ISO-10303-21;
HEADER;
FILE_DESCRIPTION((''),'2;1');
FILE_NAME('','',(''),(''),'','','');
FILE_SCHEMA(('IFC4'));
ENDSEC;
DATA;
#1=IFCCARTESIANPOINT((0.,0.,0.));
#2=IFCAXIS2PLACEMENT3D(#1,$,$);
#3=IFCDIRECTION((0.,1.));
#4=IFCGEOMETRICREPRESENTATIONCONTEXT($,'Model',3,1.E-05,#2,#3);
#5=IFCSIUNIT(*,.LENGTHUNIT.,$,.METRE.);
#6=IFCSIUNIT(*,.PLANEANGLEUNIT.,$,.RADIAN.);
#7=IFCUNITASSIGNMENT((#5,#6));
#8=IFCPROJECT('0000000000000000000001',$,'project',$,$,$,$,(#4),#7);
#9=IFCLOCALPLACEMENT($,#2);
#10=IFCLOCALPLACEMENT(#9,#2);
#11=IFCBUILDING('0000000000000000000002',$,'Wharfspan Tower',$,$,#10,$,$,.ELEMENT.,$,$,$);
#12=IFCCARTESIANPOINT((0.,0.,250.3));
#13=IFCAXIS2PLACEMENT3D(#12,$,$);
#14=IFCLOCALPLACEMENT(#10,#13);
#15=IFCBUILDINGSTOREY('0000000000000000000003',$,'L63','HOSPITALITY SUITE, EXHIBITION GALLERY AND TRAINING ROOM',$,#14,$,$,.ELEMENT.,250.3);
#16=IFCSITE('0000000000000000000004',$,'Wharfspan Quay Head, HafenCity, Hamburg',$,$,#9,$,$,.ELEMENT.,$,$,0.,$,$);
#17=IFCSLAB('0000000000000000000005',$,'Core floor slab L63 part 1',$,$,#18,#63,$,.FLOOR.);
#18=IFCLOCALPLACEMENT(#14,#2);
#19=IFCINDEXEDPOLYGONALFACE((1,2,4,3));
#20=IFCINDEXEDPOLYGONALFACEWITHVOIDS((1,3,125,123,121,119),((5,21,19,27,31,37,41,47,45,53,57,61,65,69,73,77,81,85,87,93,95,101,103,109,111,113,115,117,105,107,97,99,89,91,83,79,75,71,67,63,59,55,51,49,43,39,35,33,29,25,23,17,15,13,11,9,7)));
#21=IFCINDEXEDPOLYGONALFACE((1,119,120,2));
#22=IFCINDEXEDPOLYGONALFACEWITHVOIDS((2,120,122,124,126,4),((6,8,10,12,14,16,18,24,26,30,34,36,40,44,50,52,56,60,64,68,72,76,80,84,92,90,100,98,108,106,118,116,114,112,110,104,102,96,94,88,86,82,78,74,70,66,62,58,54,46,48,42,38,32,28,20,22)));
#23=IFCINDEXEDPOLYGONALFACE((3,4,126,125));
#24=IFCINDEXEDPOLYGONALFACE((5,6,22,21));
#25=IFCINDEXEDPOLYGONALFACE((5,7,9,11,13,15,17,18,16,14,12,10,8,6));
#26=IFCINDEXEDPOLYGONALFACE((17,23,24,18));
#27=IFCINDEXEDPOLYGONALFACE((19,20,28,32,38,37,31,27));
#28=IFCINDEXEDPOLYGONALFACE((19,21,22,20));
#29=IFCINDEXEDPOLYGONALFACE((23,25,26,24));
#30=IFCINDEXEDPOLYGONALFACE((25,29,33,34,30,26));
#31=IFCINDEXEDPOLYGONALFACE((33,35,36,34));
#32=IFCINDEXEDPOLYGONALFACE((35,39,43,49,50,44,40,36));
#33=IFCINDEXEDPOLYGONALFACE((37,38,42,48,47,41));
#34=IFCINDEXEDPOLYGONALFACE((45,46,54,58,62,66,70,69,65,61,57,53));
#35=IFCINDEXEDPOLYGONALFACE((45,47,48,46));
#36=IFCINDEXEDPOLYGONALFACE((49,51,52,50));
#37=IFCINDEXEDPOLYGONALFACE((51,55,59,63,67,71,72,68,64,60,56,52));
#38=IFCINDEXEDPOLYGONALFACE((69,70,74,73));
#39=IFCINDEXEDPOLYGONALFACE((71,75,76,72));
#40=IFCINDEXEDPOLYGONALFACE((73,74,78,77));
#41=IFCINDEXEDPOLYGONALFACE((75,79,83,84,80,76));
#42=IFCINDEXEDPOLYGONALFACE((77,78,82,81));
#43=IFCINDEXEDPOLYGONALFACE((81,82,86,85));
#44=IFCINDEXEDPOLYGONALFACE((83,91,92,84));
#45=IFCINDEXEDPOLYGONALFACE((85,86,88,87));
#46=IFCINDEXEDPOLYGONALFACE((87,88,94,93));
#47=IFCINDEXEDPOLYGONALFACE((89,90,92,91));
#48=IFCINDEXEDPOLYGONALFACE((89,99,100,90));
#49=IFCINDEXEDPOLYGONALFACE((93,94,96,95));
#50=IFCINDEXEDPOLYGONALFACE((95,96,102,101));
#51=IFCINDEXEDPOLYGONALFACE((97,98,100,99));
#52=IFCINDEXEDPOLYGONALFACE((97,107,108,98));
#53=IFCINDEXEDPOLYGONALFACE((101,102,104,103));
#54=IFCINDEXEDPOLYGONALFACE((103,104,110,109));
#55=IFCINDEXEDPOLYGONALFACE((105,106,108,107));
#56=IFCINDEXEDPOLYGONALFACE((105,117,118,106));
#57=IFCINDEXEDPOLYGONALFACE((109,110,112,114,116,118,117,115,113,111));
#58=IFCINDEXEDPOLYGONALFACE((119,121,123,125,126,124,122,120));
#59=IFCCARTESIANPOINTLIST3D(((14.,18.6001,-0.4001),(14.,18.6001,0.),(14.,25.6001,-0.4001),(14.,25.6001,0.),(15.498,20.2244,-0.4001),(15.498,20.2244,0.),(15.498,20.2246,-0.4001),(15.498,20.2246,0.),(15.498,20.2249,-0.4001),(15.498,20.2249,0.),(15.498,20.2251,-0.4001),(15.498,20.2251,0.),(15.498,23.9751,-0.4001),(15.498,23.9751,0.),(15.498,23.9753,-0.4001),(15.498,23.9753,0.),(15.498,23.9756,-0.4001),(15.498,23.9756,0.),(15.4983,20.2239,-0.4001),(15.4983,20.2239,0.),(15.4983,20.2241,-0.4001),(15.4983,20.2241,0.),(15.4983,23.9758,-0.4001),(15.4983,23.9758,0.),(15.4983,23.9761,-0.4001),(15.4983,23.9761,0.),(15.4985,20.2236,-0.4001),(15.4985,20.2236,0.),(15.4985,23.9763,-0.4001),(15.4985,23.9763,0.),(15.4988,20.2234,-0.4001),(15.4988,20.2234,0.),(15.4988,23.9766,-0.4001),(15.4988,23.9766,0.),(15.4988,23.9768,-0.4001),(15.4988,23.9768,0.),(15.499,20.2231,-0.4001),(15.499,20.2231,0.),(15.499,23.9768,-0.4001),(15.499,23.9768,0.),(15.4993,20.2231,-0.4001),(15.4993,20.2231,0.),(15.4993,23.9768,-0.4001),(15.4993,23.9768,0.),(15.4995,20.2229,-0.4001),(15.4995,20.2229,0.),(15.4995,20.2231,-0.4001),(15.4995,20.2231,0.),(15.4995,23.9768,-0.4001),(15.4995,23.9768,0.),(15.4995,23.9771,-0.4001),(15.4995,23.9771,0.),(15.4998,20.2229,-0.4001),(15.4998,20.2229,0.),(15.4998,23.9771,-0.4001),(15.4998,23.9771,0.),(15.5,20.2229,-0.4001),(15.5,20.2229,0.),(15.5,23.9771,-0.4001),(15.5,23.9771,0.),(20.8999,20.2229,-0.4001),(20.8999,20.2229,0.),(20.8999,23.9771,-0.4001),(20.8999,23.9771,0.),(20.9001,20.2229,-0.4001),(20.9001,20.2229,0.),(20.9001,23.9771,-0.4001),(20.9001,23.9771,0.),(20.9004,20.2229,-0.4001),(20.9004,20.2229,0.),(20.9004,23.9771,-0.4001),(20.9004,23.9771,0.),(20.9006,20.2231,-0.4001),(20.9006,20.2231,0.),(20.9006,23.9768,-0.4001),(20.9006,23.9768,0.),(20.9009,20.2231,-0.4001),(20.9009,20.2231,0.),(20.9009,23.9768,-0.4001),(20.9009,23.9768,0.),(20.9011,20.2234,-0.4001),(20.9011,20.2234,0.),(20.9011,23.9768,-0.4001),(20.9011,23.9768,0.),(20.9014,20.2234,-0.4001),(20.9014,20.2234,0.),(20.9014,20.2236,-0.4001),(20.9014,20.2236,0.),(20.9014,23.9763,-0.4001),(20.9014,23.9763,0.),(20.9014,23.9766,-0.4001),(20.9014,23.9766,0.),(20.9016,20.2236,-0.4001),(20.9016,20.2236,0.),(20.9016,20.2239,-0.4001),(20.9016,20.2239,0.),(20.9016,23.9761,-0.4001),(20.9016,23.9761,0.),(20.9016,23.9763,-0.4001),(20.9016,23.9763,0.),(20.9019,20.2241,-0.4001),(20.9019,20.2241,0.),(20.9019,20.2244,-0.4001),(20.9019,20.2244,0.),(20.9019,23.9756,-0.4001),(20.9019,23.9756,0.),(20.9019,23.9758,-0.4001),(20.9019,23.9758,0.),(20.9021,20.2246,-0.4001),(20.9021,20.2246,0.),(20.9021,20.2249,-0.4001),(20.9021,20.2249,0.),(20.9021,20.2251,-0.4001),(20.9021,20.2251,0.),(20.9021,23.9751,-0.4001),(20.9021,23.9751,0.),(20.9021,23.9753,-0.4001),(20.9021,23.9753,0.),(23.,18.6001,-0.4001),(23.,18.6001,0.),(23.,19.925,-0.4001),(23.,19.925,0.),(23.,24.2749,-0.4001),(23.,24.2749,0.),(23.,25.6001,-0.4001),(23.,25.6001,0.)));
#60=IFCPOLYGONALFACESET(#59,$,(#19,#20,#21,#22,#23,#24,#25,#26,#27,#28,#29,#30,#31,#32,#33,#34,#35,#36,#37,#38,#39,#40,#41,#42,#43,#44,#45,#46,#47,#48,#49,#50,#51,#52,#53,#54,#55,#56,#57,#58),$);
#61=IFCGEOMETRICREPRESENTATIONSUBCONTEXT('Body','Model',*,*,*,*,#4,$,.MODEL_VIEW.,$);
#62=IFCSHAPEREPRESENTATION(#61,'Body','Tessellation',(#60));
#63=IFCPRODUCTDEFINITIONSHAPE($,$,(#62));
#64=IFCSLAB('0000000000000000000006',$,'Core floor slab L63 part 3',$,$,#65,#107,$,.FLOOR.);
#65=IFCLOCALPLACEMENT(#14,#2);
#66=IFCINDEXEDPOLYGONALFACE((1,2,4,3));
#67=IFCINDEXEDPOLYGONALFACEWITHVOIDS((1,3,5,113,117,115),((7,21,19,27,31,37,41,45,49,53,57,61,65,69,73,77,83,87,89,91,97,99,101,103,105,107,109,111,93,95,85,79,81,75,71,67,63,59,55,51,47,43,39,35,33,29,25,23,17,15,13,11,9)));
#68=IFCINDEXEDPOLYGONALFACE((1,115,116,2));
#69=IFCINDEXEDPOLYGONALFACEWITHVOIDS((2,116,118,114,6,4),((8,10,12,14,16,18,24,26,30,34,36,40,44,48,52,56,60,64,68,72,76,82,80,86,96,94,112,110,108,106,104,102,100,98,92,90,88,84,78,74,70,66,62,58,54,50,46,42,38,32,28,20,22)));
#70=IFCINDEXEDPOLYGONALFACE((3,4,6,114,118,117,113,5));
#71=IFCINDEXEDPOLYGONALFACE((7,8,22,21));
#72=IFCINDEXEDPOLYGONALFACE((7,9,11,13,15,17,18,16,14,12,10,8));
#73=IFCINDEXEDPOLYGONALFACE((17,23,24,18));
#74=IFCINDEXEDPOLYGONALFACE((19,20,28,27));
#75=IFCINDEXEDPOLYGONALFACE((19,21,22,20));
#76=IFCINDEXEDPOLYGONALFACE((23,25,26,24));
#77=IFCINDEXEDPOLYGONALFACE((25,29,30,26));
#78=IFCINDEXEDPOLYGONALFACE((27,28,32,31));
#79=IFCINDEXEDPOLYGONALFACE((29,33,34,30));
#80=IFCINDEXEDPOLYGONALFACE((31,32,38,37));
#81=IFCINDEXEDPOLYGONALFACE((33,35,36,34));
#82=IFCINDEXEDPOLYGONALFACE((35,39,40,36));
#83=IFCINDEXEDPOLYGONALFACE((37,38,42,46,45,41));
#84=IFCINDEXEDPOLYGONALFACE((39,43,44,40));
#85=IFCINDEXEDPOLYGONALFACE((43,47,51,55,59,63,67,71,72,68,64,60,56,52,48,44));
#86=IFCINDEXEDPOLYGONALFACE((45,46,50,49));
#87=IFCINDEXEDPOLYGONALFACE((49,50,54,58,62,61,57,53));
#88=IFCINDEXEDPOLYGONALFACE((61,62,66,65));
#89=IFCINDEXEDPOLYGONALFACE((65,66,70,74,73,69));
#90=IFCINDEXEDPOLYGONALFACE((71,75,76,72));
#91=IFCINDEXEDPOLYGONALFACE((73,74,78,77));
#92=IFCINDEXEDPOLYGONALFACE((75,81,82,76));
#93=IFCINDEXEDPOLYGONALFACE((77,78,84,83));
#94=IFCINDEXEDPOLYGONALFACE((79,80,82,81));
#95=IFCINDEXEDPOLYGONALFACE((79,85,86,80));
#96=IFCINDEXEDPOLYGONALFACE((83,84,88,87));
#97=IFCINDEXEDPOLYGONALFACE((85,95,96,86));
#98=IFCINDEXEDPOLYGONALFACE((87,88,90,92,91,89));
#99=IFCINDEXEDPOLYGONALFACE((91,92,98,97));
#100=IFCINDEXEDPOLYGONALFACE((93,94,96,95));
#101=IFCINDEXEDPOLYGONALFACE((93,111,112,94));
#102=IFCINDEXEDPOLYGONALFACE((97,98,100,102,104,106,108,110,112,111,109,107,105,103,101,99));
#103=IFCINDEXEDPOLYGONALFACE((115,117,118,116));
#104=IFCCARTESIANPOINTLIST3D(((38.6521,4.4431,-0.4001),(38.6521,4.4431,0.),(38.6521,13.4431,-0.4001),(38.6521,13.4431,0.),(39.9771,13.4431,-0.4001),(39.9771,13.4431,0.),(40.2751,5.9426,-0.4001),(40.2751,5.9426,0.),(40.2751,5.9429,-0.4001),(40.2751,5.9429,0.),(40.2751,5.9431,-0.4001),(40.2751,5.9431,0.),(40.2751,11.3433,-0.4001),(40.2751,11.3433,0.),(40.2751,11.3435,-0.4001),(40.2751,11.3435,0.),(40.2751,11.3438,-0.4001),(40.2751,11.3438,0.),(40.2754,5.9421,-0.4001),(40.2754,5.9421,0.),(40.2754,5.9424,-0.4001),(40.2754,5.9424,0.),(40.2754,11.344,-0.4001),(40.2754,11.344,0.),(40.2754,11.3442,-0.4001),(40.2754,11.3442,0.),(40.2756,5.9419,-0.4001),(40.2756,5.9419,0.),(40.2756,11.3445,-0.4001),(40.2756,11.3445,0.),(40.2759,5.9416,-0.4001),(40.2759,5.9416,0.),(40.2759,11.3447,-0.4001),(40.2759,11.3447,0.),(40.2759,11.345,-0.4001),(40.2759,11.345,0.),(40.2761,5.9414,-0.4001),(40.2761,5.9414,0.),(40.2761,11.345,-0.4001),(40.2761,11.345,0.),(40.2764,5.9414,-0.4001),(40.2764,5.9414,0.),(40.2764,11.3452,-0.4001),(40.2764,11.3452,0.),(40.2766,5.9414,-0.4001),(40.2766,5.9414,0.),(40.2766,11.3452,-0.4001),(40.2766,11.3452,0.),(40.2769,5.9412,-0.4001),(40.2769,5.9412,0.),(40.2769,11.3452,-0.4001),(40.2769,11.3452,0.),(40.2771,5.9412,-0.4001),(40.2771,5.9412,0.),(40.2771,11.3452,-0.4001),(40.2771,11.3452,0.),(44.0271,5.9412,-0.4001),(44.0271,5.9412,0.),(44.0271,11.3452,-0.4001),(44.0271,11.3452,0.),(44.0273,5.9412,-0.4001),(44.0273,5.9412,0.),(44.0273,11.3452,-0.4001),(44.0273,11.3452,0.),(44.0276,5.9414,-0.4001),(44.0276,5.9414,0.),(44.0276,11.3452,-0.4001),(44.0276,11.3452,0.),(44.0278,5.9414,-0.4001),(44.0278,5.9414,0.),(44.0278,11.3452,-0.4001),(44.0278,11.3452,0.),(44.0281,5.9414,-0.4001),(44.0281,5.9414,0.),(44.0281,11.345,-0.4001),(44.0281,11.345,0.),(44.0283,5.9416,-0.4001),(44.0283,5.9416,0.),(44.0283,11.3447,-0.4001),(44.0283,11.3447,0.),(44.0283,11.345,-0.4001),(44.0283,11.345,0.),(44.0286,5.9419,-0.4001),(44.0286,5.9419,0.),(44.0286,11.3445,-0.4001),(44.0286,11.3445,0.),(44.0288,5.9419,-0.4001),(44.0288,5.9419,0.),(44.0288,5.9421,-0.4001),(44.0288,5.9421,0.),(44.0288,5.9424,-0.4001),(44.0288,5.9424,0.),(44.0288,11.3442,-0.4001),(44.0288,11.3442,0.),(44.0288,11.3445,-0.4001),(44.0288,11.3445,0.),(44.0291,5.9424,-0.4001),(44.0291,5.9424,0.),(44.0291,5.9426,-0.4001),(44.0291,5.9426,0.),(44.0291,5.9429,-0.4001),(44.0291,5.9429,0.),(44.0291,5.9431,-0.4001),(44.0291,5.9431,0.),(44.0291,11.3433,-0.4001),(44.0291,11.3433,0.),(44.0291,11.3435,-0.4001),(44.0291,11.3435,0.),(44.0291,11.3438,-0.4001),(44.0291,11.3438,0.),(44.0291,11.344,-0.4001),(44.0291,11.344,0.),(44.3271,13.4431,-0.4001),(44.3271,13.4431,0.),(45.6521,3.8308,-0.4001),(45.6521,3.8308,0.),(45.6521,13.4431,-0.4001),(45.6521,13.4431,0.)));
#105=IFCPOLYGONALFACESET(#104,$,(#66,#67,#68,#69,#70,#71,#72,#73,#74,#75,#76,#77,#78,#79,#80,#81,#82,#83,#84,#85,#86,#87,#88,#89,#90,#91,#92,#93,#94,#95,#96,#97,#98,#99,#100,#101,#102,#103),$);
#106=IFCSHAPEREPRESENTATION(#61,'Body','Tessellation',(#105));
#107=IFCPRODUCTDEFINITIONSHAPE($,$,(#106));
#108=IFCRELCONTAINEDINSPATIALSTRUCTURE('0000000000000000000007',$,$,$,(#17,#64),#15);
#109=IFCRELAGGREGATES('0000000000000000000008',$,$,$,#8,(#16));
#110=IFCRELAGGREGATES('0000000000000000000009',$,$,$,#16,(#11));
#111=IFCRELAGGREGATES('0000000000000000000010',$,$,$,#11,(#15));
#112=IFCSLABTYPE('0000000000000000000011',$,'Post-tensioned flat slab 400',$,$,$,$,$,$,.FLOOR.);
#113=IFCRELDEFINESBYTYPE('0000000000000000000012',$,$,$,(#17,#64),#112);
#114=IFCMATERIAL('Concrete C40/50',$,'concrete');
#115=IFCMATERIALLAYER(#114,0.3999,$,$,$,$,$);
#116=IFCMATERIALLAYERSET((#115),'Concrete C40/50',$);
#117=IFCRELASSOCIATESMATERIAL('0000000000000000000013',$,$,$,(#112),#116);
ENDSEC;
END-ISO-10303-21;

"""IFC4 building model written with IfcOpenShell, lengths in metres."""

from ifc_helpers import new_model, si_unit, direction, frame, origin, place, context, subcontext, project, spatial, polyline, outline, extrude, material, layer, layer_set, type_object, element, save


model = new_model("IFC4")

# Units and contexts
model_context = context("Model", 3, precision=1e-05, world=origin(), true_north=direction((0.0, 1.0)))
body_context = subcontext(model_context, "Body", "Model", "MODEL_VIEW")
ifc_project = project(units=[si_unit("LENGTHUNIT", "METRE"), si_unit("PLANEANGLEUNIT", "RADIAN")], contexts=[model_context])

# Site, building, storey
site_placement = place(None, origin())
site = spatial("IfcSite", under=ifc_project, at=site_placement, Name="Wharfspan Quay Head, HafenCity, Hamburg", CompositionType="ELEMENT", RefElevation=0.0)
building_placement = place(site_placement, origin())
building = spatial("IfcBuilding", under=site, at=building_placement, Name="Wharfspan Tower", CompositionType="ELEMENT")
storey_placement = place(building_placement, frame((0.0, 0.0, 250.3)))
storey = spatial("IfcBuildingStorey", under=building, at=storey_placement, Name="L63", Description="HOSPITALITY SUITE, EXHIBITION GALLERY AND TRAINING ROOM", CompositionType="ELEMENT", Elevation=250.3)

# Slabs
ifc_material_1 = material(Name="Concrete C40/50", Category="concrete")
ifc_layer_1 = layer(ifc_material_1, 0.3999)
ifc_layer_set_1 = layer_set([ifc_layer_1], Name="Concrete C40/50")
slab_type_1 = type_object("IfcSlabType", Name="Post-tensioned flat slab 400", PredefinedType="FLOOR", material=ifc_layer_set_1)
slab_1_placement = place(storey_placement, frame((0.0, 0.0, -0.4001)))
element("IfcSlab", 1, at=slab_1_placement, inside=storey, type_object=slab_type_1, Name="Core floor slab L63 part 1", PredefinedType="FLOOR", context=body_context, shape_type="SweptSolid", body=[
    extrude(outline(polyline([(23.0, 19.925), (23.0, 24.2749), (23.0, 25.6001), (14.0, 25.6001), (14.0, 18.6001), (23.0, 18.6001), (23.0, 19.925)]), holes=[polyline([(20.8999, 23.9771), (20.9001, 23.9771), (20.9004, 23.9771), (20.9006, 23.9768), (20.9009, 23.9768), (20.9009, 23.9768), (20.9011, 23.9768), (20.9014, 23.9766), (20.9014, 23.9763), (20.9016, 23.9763), (20.9016, 23.9761), (20.9019, 23.9758), (20.9019, 23.9758), (20.9019, 23.9756), (20.9021, 23.9753), (20.9021, 23.9751), (20.9021, 23.9751), (20.9021, 20.2251), (20.9021, 20.2249), (20.9021, 20.2246), (20.9019, 20.2244), (20.9019, 20.2241), (20.9019, 20.2241), (20.9016, 20.2239), (20.9016, 20.2236), (20.9014, 20.2236), (20.9014, 20.2234), (20.9011, 20.2234), (20.9009, 20.2231), (20.9009, 20.2231), (20.9006, 20.2231), (20.9004, 20.2229), (20.9001, 20.2229), (20.8999, 20.2229), (15.5, 20.2229), (15.4998, 20.2229), (15.4995, 20.2229), (15.4995, 20.2231), (15.4993, 20.2231), (15.499, 20.2231), (15.4988, 20.2234), (15.4988, 20.2234), (15.4985, 20.2236), (15.4985, 20.2236), (15.4983, 20.2239), (15.4983, 20.2241), (15.4983, 20.2241), (15.498, 20.2244), (15.498, 20.2246), (15.498, 20.2249), (15.498, 20.2251), (15.498, 23.9751), (15.498, 23.9751), (15.498, 23.9753), (15.498, 23.9756), (15.4983, 23.9758), (15.4983, 23.9758), (15.4983, 23.9761), (15.4985, 23.9763), (15.4985, 23.9763), (15.4988, 23.9766), (15.4988, 23.9768), (15.499, 23.9768), (15.4993, 23.9768), (15.4995, 23.9768), (15.4995, 23.9771), (15.4998, 23.9771), (15.5, 23.9771), (20.8999, 23.9771)])]), origin(), (0.0, 0.0, 1.0), 0.4001),
])
slab_2_placement = place(storey_placement, frame((0.0, 0.0, -0.4001)))
element("IfcSlab", 2, at=slab_2_placement, inside=storey, type_object=slab_type_1, Name="Core floor slab L63 part 3", PredefinedType="FLOOR", context=body_context, shape_type="SweptSolid", body=[
    extrude(outline(polyline([(44.3271, 13.4431), (39.9771, 13.4431), (38.6521, 13.4431), (38.6521, 4.4431), (45.6521, 3.8308), (45.6521, 13.4431), (44.3271, 13.4431)]), holes=[polyline([(40.2751, 11.3433), (40.2751, 11.3435), (40.2751, 11.3435), (40.2751, 11.3438), (40.2754, 11.344), (40.2754, 11.3442), (40.2754, 11.3442), (40.2756, 11.3445), (40.2756, 11.3445), (40.2759, 11.3447), (40.2759, 11.345), (40.2761, 11.345), (40.2764, 11.3452), (40.2766, 11.3452), (40.2766, 11.3452), (40.2769, 11.3452), (40.2771, 11.3452), (44.0271, 11.3452), (44.0273, 11.3452), (44.0276, 11.3452), (44.0276, 11.3452), (44.0278, 11.3452), (44.0281, 11.345), (44.0283, 11.345), (44.0283, 11.3447), (44.0286, 11.3445), (44.0288, 11.3445), (44.0288, 11.3442), (44.0288, 11.3442), (44.0291, 11.344), (44.0291, 11.3438), (44.0291, 11.3435), (44.0291, 11.3435), (44.0291, 11.3433), (44.0291, 5.9431), (44.0291, 5.9431), (44.0291, 5.9429), (44.0291, 5.9426), (44.0291, 5.9424), (44.0288, 5.9424), (44.0288, 5.9421), (44.0288, 5.9419), (44.0286, 5.9419), (44.0283, 5.9417), (44.0283, 5.9417), (44.0281, 5.9414), (44.0278, 5.9414), (44.0276, 5.9414), (44.0276, 5.9414), (44.0273, 5.9412), (44.0271, 5.9412), (40.2771, 5.9412), (40.2769, 5.9412), (40.2766, 5.9414), (40.2766, 5.9414), (40.2764, 5.9414), (40.2761, 5.9414), (40.2759, 5.9417), (40.2759, 5.9417), (40.2756, 5.9419), (40.2756, 5.9419), (40.2754, 5.9421), (40.2754, 5.9424), (40.2754, 5.9424), (40.2751, 5.9426), (40.2751, 5.9429), (40.2751, 5.9431), (40.2751, 5.9431), (40.2751, 11.3433)])]), origin(), (0.0, 0.0, 1.0), 0.4001),
])

save(model, "model.ifc")
